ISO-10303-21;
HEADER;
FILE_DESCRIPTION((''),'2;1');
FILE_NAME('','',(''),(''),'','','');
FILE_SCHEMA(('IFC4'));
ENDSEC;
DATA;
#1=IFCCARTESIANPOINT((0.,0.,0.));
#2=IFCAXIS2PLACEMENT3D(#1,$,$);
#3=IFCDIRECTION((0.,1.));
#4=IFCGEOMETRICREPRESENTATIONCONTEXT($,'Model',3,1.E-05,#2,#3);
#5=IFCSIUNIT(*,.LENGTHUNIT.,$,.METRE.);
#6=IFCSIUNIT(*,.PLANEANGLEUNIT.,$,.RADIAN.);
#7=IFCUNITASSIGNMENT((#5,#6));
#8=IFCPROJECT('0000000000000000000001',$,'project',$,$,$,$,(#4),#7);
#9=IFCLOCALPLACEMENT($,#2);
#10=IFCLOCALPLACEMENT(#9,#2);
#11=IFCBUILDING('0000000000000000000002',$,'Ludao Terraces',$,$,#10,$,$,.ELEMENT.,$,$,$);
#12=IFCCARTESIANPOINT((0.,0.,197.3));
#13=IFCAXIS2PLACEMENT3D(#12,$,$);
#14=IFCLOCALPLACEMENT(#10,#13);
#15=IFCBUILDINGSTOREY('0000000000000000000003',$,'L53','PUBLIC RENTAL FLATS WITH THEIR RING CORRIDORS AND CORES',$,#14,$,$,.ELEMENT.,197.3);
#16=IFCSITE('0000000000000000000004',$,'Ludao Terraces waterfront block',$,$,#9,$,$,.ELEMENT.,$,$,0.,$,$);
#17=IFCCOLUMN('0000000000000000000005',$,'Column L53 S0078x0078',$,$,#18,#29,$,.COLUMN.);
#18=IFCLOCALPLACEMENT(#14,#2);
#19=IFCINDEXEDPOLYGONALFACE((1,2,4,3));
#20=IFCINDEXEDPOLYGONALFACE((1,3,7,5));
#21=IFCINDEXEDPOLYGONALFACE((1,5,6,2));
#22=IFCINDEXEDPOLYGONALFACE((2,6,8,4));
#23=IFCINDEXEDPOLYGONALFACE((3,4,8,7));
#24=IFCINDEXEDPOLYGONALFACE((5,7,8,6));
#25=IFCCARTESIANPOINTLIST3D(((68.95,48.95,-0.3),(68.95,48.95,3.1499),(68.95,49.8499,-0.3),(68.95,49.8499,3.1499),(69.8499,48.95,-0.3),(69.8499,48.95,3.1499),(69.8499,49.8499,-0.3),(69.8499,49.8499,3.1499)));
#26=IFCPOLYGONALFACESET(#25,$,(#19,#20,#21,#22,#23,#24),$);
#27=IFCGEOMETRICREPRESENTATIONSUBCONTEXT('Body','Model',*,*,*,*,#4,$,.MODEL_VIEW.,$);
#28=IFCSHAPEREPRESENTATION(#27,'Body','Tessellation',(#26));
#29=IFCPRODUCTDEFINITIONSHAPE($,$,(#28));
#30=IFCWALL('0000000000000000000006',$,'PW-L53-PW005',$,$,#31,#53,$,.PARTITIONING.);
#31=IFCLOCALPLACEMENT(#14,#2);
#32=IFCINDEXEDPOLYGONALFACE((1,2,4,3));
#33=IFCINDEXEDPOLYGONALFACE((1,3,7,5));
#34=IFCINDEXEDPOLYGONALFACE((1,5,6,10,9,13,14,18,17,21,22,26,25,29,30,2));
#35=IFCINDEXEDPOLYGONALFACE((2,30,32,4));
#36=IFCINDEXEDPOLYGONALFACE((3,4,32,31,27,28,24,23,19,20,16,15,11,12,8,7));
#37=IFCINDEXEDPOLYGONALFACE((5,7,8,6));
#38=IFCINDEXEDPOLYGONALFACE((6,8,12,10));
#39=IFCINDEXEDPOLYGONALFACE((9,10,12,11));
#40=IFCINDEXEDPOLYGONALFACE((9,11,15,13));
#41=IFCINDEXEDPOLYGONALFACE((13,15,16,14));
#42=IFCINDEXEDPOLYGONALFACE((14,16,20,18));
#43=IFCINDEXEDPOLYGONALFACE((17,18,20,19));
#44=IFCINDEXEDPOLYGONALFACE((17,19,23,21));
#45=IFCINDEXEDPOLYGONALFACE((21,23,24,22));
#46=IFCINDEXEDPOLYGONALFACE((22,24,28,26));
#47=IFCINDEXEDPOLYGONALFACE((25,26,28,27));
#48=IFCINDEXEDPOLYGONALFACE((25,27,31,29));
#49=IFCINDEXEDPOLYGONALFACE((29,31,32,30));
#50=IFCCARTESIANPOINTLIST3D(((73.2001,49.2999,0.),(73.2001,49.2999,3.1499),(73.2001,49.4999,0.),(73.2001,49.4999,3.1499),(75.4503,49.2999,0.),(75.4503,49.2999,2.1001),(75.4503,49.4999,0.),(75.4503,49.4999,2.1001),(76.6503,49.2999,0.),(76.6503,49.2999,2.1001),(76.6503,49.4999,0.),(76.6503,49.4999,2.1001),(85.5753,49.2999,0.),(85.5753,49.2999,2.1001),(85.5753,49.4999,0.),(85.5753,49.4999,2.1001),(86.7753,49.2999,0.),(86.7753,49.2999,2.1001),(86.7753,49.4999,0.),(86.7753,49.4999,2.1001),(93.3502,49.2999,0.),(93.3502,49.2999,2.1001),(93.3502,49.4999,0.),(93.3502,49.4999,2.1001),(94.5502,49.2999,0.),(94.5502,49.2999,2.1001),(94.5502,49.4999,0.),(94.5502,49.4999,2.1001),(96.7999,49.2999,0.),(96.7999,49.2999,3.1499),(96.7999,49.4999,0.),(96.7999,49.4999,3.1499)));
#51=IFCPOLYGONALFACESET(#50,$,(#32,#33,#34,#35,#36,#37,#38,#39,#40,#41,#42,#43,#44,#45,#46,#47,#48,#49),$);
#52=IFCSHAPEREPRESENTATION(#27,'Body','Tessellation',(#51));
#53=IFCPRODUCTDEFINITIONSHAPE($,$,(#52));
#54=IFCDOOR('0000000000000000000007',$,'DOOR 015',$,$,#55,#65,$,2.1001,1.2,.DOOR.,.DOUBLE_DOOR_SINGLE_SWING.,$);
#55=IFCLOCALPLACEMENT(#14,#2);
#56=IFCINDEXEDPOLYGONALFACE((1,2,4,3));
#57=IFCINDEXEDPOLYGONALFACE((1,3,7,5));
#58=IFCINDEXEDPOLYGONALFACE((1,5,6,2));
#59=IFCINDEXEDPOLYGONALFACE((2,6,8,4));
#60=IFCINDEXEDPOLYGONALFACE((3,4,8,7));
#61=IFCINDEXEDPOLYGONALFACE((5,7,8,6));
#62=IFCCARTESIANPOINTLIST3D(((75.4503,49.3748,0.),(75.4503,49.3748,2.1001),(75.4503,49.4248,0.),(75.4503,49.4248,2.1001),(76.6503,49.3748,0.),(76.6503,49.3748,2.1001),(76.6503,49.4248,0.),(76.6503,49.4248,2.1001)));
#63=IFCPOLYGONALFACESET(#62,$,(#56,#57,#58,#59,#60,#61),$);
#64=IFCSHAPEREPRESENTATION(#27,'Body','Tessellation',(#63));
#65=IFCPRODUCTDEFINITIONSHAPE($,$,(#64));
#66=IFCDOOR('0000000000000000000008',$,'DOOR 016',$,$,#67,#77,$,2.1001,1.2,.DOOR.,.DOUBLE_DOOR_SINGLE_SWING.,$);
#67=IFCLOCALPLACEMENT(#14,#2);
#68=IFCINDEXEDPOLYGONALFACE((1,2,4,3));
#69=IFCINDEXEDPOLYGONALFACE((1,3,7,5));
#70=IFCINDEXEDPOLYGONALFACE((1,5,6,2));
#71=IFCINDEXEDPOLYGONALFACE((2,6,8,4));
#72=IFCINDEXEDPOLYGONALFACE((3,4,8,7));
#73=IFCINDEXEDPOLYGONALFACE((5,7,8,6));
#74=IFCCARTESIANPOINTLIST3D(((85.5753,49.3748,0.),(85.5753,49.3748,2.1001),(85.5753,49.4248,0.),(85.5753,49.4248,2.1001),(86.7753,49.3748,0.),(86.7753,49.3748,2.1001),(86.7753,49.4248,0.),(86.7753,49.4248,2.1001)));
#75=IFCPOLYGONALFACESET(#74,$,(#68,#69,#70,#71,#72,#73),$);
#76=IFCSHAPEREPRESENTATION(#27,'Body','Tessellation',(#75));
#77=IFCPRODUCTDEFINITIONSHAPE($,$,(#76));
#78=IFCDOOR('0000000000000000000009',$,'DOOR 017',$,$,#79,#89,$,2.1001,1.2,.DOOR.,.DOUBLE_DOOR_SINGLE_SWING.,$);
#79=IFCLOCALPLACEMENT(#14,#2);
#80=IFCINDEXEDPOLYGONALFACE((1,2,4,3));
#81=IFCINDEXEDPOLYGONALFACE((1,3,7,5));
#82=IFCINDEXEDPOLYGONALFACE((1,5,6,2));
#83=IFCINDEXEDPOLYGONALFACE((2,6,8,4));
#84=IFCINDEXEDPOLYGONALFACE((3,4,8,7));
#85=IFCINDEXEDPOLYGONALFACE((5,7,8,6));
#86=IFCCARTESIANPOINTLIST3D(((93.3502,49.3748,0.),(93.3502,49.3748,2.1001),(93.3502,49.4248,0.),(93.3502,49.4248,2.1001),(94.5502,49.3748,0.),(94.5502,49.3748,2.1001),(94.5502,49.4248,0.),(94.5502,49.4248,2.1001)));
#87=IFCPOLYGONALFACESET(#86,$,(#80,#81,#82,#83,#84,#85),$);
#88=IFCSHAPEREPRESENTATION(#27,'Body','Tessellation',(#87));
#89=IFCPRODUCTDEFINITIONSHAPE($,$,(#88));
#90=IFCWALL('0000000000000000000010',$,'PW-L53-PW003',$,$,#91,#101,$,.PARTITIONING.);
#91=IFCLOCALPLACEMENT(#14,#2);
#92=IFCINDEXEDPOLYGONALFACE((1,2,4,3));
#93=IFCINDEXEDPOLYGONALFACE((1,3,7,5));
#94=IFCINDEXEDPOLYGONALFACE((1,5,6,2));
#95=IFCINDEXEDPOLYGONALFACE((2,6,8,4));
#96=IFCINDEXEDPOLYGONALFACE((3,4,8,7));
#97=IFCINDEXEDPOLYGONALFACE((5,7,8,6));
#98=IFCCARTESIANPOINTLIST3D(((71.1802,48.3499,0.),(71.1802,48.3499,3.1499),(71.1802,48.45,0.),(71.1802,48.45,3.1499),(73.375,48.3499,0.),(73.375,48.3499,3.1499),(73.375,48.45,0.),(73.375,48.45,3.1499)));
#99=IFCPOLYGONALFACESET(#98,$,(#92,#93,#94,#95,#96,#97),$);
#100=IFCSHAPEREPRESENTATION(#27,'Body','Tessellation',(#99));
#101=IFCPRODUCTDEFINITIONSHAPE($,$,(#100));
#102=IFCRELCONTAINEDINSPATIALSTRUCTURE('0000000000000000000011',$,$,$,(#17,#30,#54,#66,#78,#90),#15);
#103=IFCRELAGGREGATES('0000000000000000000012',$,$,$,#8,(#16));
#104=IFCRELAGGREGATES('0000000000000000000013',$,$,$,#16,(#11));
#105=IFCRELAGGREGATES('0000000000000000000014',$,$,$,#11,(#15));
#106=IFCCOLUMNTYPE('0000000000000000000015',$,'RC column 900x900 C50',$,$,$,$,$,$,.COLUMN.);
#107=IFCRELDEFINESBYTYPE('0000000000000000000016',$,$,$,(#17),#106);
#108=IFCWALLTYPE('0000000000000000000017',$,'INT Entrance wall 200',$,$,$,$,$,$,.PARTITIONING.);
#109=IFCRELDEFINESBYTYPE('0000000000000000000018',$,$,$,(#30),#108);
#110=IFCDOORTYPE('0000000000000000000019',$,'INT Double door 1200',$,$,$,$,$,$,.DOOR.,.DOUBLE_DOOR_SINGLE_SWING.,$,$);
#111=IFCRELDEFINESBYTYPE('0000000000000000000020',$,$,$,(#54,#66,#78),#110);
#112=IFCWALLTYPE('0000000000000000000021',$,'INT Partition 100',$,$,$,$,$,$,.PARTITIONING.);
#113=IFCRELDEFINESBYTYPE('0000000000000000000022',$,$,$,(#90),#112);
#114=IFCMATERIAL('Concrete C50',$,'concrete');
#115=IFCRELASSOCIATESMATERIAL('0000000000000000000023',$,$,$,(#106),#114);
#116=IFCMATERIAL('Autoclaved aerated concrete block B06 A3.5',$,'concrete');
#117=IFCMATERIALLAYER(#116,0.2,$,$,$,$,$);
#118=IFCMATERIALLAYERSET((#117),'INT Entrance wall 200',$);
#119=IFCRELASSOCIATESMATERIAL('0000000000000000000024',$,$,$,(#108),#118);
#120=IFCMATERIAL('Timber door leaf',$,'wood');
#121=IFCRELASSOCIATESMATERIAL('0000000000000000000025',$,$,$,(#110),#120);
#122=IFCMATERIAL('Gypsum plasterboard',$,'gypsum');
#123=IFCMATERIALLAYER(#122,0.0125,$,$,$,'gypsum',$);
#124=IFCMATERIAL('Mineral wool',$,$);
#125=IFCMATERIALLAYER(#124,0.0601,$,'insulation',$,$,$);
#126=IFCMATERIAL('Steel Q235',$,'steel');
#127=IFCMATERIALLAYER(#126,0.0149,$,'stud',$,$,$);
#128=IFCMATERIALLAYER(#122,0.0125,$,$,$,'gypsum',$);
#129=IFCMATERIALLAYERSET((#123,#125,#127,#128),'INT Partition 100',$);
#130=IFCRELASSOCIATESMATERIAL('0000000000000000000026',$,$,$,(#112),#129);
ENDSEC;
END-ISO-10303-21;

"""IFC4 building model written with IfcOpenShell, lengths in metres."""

from ifc_helpers import new_model, si_unit, direction, frame, frame_2d, origin, origin_2d, place, context, subcontext, project, spatial, rectangle, extrude, material, layer, layer_set, material_profile, profile_set, type_object, element, fill, save


model = new_model("IFC4")

# Units and contexts
model_context = context("Model", 3, precision=1e-05, world=origin(), true_north=direction((0.0, 1.0)))
body_context = subcontext(model_context, "Body", "Model", "MODEL_VIEW")
ifc_project = project(units=[si_unit("LENGTHUNIT", "METRE"), si_unit("PLANEANGLEUNIT", "RADIAN")], contexts=[model_context])

# Site, building, storey
site_placement = place(None, origin())
site = spatial("IfcSite", under=ifc_project, at=site_placement, Name="Ludao Terraces waterfront block", CompositionType="ELEMENT", RefElevation=0.0)
building_placement = place(site_placement, origin())
building = spatial("IfcBuilding", under=site, at=building_placement, Name="Ludao Terraces", CompositionType="ELEMENT")
storey_placement = place(building_placement, frame((0.0, 0.0, 197.3)))
storey = spatial("IfcBuildingStorey", under=building, at=storey_placement, Name="L53", Description="PUBLIC RENTAL FLATS WITH THEIR RING CORRIDORS AND CORES", CompositionType="ELEMENT", Elevation=197.3)

# Column
ifc_material_1 = material(Name="Concrete C50", Category="concrete")
ifc_material_profile = material_profile(ifc_material_1, rectangle(XDim=0.8999, YDim=0.8999, at=origin_2d()), Name="900 X 900")
ifc_profile_set = profile_set([ifc_material_profile], Name="Concrete C50")
column_type = type_object("IfcColumnType", Name="RC column 900x900 C50", PredefinedType="COLUMN", material=ifc_profile_set)
column_placement = place(storey_placement, frame((69.3999, 49.3999, -0.3), z_axis=(0.0, 0.0, 1.0), x_axis=(1.0, 0.0, 0.0)))
element("IfcColumn", 1, at=column_placement, inside=storey, type_object=column_type, Name="Column L53 S0078x0078", PredefinedType="COLUMN", context=body_context, shape_type="SweptSolid", body=[
    extrude(rectangle(XDim=0.8999, YDim=0.8999, at=origin_2d()), origin(), (0.0, 0.0, 1.0), 3.45),
])

# Wall, openings, doors
ifc_material_2 = material(Name="Autoclaved aerated concrete block B06 A3.5", Category="concrete")
ifc_layer_1 = layer(ifc_material_2, 0.2)
ifc_layer_set_1 = layer_set([ifc_layer_1], Name="INT Entrance wall 200")
wall_type_1 = type_object("IfcWallType", Name="INT Entrance wall 200", PredefinedType="PARTITIONING", material=ifc_layer_set_1)
wall_1_placement = place(storey_placement, frame((73.2002, 49.3999, 0.0), z_axis=(0.0, 0.0, 1.0), x_axis=(1.0, 0.0, 0.0)))
wall_1 = element("IfcWall", 2, at=wall_1_placement, inside=storey, type_object=wall_type_1, Name="PW-L53-PW005", PredefinedType="PARTITIONING", context=body_context, shape_type="SweptSolid", body=[
    extrude(rectangle(XDim=23.5999, YDim=0.2, at=frame_2d((11.7998, 0.0))), origin(), (0.0, 0.0, 1.0), 3.1499),
])
opening_1_placement = place(wall_1_placement, frame((2.25, 0.0, 0.0)))
opening_1 = element("IfcOpeningElement", 3, at=opening_1_placement, cuts=wall_1, PredefinedType="OPENING", context=body_context, shape_type="SweptSolid", body=[
    extrude(rectangle(XDim=1.2, YDim=2.1001, at=frame_2d((0.6001, 1.05))), frame((0.0, 0.1099, 0.0), z_axis=(0.0, -1.0, 0.0), x_axis=(1.0, 0.0, 0.0)), (0.0, 0.0, 1.0), 0.22),
])
opening_2_placement = place(wall_1_placement, frame((12.375, 0.0, 0.0)))
opening_2 = element("IfcOpeningElement", 4, at=opening_2_placement, cuts=wall_1, PredefinedType="OPENING", context=body_context, shape_type="SweptSolid", body=[
    extrude(rectangle(XDim=1.2, YDim=2.1001, at=frame_2d((0.6001, 1.05))), frame((0.0, 0.1099, 0.0), z_axis=(0.0, -1.0, 0.0), x_axis=(1.0, 0.0, 0.0)), (0.0, 0.0, 1.0), 0.22),
])
opening_3_placement = place(wall_1_placement, frame((20.1499, 0.0, 0.0)))
opening_3 = element("IfcOpeningElement", 5, at=opening_3_placement, cuts=wall_1, PredefinedType="OPENING", context=body_context, shape_type="SweptSolid", body=[
    extrude(rectangle(XDim=1.2, YDim=2.1001, at=frame_2d((0.6001, 1.05))), frame((0.0, 0.1099, 0.0), z_axis=(0.0, -1.0, 0.0), x_axis=(1.0, 0.0, 0.0)), (0.0, 0.0, 1.0), 0.22),
])
ifc_material_3 = material(Name="Timber door leaf", Category="wood")
door_type_1 = type_object("IfcDoorType", Name="INT Double door 1200", OperationType="DOUBLE_DOOR_SINGLE_SWING", PredefinedType="DOOR", material=ifc_material_3)
door_1_placement = place(opening_1_placement, origin())
door_1 = element("IfcDoor", 6, at=door_1_placement, inside=storey, type_object=door_type_1, Name="DOOR 015", OperationType="DOUBLE_DOOR_SINGLE_SWING", OverallHeight=2.1001, OverallWidth=1.2, PredefinedType="DOOR", context=body_context, shape_type="SweptSolid", body=[
    extrude(rectangle(XDim=1.2, YDim=2.1001, at=frame_2d((0.6001, 1.05))), frame((0.0, 0.0249, 0.0), z_axis=(0.0, -1.0, 0.0), x_axis=(1.0, 0.0, 0.0)), (0.0, 0.0, 1.0), 0.05),
])
fill(opening_1, door_1)
door_2_placement = place(opening_2_placement, origin())
door_2 = element("IfcDoor", 7, at=door_2_placement, inside=storey, type_object=door_type_1, Name="DOOR 016", OperationType="DOUBLE_DOOR_SINGLE_SWING", OverallHeight=2.1001, OverallWidth=1.2, PredefinedType="DOOR", context=body_context, shape_type="SweptSolid", body=[
    extrude(rectangle(XDim=1.2, YDim=2.1001, at=frame_2d((0.6001, 1.05))), frame((0.0, 0.0249, 0.0), z_axis=(0.0, -1.0, 0.0), x_axis=(1.0, 0.0, 0.0)), (0.0, 0.0, 1.0), 0.05),
])
fill(opening_2, door_2)
door_3_placement = place(opening_3_placement, origin())
door_3 = element("IfcDoor", 8, at=door_3_placement, inside=storey, type_object=door_type_1, Name="DOOR 017", OperationType="DOUBLE_DOOR_SINGLE_SWING", OverallHeight=2.1001, OverallWidth=1.2, PredefinedType="DOOR", context=body_context, shape_type="SweptSolid", body=[
    extrude(rectangle(XDim=1.2, YDim=2.1001, at=frame_2d((0.6001, 1.05))), frame((0.0, 0.0249, 0.0), z_axis=(0.0, -1.0, 0.0), x_axis=(1.0, 0.0, 0.0)), (0.0, 0.0, 1.0), 0.05),
])
fill(opening_3, door_3)

# Wall
ifc_material_4 = material(Name="Gypsum plasterboard", Category="gypsum")
ifc_layer_2 = layer(ifc_material_4, 0.0125, Category="gypsum")
ifc_material_5 = material(Name="Mineral wool")
ifc_layer_3 = layer(ifc_material_5, 0.0601, Name="insulation")
ifc_material_6 = material(Name="Steel Q235", Category="steel")
ifc_layer_4 = layer(ifc_material_6, 0.0149, Name="stud")
ifc_layer_5 = layer(ifc_material_4, 0.0125, Category="gypsum")
ifc_layer_set_2 = layer_set([ifc_layer_2, ifc_layer_3, ifc_layer_4, ifc_layer_5], Name="INT Partition 100")
wall_type_2 = type_object("IfcWallType", Name="INT Partition 100", PredefinedType="PARTITIONING", material=ifc_layer_set_2)
wall_2_placement = place(storey_placement, frame((71.1802, 48.3999, 0.0), z_axis=(0.0, 0.0, 1.0), x_axis=(1.0, 0.0, 0.0)))
element("IfcWall", 9, at=wall_2_placement, inside=storey, type_object=wall_type_2, Name="PW-L53-PW003", PredefinedType="PARTITIONING", context=body_context, shape_type="SweptSolid", body=[
    extrude(rectangle(XDim=2.1948, YDim=0.1001, at=frame_2d((1.0974, 0.0))), origin(), (0.0, 0.0, 1.0), 3.1499),
])

save(model, "model.ifc")
